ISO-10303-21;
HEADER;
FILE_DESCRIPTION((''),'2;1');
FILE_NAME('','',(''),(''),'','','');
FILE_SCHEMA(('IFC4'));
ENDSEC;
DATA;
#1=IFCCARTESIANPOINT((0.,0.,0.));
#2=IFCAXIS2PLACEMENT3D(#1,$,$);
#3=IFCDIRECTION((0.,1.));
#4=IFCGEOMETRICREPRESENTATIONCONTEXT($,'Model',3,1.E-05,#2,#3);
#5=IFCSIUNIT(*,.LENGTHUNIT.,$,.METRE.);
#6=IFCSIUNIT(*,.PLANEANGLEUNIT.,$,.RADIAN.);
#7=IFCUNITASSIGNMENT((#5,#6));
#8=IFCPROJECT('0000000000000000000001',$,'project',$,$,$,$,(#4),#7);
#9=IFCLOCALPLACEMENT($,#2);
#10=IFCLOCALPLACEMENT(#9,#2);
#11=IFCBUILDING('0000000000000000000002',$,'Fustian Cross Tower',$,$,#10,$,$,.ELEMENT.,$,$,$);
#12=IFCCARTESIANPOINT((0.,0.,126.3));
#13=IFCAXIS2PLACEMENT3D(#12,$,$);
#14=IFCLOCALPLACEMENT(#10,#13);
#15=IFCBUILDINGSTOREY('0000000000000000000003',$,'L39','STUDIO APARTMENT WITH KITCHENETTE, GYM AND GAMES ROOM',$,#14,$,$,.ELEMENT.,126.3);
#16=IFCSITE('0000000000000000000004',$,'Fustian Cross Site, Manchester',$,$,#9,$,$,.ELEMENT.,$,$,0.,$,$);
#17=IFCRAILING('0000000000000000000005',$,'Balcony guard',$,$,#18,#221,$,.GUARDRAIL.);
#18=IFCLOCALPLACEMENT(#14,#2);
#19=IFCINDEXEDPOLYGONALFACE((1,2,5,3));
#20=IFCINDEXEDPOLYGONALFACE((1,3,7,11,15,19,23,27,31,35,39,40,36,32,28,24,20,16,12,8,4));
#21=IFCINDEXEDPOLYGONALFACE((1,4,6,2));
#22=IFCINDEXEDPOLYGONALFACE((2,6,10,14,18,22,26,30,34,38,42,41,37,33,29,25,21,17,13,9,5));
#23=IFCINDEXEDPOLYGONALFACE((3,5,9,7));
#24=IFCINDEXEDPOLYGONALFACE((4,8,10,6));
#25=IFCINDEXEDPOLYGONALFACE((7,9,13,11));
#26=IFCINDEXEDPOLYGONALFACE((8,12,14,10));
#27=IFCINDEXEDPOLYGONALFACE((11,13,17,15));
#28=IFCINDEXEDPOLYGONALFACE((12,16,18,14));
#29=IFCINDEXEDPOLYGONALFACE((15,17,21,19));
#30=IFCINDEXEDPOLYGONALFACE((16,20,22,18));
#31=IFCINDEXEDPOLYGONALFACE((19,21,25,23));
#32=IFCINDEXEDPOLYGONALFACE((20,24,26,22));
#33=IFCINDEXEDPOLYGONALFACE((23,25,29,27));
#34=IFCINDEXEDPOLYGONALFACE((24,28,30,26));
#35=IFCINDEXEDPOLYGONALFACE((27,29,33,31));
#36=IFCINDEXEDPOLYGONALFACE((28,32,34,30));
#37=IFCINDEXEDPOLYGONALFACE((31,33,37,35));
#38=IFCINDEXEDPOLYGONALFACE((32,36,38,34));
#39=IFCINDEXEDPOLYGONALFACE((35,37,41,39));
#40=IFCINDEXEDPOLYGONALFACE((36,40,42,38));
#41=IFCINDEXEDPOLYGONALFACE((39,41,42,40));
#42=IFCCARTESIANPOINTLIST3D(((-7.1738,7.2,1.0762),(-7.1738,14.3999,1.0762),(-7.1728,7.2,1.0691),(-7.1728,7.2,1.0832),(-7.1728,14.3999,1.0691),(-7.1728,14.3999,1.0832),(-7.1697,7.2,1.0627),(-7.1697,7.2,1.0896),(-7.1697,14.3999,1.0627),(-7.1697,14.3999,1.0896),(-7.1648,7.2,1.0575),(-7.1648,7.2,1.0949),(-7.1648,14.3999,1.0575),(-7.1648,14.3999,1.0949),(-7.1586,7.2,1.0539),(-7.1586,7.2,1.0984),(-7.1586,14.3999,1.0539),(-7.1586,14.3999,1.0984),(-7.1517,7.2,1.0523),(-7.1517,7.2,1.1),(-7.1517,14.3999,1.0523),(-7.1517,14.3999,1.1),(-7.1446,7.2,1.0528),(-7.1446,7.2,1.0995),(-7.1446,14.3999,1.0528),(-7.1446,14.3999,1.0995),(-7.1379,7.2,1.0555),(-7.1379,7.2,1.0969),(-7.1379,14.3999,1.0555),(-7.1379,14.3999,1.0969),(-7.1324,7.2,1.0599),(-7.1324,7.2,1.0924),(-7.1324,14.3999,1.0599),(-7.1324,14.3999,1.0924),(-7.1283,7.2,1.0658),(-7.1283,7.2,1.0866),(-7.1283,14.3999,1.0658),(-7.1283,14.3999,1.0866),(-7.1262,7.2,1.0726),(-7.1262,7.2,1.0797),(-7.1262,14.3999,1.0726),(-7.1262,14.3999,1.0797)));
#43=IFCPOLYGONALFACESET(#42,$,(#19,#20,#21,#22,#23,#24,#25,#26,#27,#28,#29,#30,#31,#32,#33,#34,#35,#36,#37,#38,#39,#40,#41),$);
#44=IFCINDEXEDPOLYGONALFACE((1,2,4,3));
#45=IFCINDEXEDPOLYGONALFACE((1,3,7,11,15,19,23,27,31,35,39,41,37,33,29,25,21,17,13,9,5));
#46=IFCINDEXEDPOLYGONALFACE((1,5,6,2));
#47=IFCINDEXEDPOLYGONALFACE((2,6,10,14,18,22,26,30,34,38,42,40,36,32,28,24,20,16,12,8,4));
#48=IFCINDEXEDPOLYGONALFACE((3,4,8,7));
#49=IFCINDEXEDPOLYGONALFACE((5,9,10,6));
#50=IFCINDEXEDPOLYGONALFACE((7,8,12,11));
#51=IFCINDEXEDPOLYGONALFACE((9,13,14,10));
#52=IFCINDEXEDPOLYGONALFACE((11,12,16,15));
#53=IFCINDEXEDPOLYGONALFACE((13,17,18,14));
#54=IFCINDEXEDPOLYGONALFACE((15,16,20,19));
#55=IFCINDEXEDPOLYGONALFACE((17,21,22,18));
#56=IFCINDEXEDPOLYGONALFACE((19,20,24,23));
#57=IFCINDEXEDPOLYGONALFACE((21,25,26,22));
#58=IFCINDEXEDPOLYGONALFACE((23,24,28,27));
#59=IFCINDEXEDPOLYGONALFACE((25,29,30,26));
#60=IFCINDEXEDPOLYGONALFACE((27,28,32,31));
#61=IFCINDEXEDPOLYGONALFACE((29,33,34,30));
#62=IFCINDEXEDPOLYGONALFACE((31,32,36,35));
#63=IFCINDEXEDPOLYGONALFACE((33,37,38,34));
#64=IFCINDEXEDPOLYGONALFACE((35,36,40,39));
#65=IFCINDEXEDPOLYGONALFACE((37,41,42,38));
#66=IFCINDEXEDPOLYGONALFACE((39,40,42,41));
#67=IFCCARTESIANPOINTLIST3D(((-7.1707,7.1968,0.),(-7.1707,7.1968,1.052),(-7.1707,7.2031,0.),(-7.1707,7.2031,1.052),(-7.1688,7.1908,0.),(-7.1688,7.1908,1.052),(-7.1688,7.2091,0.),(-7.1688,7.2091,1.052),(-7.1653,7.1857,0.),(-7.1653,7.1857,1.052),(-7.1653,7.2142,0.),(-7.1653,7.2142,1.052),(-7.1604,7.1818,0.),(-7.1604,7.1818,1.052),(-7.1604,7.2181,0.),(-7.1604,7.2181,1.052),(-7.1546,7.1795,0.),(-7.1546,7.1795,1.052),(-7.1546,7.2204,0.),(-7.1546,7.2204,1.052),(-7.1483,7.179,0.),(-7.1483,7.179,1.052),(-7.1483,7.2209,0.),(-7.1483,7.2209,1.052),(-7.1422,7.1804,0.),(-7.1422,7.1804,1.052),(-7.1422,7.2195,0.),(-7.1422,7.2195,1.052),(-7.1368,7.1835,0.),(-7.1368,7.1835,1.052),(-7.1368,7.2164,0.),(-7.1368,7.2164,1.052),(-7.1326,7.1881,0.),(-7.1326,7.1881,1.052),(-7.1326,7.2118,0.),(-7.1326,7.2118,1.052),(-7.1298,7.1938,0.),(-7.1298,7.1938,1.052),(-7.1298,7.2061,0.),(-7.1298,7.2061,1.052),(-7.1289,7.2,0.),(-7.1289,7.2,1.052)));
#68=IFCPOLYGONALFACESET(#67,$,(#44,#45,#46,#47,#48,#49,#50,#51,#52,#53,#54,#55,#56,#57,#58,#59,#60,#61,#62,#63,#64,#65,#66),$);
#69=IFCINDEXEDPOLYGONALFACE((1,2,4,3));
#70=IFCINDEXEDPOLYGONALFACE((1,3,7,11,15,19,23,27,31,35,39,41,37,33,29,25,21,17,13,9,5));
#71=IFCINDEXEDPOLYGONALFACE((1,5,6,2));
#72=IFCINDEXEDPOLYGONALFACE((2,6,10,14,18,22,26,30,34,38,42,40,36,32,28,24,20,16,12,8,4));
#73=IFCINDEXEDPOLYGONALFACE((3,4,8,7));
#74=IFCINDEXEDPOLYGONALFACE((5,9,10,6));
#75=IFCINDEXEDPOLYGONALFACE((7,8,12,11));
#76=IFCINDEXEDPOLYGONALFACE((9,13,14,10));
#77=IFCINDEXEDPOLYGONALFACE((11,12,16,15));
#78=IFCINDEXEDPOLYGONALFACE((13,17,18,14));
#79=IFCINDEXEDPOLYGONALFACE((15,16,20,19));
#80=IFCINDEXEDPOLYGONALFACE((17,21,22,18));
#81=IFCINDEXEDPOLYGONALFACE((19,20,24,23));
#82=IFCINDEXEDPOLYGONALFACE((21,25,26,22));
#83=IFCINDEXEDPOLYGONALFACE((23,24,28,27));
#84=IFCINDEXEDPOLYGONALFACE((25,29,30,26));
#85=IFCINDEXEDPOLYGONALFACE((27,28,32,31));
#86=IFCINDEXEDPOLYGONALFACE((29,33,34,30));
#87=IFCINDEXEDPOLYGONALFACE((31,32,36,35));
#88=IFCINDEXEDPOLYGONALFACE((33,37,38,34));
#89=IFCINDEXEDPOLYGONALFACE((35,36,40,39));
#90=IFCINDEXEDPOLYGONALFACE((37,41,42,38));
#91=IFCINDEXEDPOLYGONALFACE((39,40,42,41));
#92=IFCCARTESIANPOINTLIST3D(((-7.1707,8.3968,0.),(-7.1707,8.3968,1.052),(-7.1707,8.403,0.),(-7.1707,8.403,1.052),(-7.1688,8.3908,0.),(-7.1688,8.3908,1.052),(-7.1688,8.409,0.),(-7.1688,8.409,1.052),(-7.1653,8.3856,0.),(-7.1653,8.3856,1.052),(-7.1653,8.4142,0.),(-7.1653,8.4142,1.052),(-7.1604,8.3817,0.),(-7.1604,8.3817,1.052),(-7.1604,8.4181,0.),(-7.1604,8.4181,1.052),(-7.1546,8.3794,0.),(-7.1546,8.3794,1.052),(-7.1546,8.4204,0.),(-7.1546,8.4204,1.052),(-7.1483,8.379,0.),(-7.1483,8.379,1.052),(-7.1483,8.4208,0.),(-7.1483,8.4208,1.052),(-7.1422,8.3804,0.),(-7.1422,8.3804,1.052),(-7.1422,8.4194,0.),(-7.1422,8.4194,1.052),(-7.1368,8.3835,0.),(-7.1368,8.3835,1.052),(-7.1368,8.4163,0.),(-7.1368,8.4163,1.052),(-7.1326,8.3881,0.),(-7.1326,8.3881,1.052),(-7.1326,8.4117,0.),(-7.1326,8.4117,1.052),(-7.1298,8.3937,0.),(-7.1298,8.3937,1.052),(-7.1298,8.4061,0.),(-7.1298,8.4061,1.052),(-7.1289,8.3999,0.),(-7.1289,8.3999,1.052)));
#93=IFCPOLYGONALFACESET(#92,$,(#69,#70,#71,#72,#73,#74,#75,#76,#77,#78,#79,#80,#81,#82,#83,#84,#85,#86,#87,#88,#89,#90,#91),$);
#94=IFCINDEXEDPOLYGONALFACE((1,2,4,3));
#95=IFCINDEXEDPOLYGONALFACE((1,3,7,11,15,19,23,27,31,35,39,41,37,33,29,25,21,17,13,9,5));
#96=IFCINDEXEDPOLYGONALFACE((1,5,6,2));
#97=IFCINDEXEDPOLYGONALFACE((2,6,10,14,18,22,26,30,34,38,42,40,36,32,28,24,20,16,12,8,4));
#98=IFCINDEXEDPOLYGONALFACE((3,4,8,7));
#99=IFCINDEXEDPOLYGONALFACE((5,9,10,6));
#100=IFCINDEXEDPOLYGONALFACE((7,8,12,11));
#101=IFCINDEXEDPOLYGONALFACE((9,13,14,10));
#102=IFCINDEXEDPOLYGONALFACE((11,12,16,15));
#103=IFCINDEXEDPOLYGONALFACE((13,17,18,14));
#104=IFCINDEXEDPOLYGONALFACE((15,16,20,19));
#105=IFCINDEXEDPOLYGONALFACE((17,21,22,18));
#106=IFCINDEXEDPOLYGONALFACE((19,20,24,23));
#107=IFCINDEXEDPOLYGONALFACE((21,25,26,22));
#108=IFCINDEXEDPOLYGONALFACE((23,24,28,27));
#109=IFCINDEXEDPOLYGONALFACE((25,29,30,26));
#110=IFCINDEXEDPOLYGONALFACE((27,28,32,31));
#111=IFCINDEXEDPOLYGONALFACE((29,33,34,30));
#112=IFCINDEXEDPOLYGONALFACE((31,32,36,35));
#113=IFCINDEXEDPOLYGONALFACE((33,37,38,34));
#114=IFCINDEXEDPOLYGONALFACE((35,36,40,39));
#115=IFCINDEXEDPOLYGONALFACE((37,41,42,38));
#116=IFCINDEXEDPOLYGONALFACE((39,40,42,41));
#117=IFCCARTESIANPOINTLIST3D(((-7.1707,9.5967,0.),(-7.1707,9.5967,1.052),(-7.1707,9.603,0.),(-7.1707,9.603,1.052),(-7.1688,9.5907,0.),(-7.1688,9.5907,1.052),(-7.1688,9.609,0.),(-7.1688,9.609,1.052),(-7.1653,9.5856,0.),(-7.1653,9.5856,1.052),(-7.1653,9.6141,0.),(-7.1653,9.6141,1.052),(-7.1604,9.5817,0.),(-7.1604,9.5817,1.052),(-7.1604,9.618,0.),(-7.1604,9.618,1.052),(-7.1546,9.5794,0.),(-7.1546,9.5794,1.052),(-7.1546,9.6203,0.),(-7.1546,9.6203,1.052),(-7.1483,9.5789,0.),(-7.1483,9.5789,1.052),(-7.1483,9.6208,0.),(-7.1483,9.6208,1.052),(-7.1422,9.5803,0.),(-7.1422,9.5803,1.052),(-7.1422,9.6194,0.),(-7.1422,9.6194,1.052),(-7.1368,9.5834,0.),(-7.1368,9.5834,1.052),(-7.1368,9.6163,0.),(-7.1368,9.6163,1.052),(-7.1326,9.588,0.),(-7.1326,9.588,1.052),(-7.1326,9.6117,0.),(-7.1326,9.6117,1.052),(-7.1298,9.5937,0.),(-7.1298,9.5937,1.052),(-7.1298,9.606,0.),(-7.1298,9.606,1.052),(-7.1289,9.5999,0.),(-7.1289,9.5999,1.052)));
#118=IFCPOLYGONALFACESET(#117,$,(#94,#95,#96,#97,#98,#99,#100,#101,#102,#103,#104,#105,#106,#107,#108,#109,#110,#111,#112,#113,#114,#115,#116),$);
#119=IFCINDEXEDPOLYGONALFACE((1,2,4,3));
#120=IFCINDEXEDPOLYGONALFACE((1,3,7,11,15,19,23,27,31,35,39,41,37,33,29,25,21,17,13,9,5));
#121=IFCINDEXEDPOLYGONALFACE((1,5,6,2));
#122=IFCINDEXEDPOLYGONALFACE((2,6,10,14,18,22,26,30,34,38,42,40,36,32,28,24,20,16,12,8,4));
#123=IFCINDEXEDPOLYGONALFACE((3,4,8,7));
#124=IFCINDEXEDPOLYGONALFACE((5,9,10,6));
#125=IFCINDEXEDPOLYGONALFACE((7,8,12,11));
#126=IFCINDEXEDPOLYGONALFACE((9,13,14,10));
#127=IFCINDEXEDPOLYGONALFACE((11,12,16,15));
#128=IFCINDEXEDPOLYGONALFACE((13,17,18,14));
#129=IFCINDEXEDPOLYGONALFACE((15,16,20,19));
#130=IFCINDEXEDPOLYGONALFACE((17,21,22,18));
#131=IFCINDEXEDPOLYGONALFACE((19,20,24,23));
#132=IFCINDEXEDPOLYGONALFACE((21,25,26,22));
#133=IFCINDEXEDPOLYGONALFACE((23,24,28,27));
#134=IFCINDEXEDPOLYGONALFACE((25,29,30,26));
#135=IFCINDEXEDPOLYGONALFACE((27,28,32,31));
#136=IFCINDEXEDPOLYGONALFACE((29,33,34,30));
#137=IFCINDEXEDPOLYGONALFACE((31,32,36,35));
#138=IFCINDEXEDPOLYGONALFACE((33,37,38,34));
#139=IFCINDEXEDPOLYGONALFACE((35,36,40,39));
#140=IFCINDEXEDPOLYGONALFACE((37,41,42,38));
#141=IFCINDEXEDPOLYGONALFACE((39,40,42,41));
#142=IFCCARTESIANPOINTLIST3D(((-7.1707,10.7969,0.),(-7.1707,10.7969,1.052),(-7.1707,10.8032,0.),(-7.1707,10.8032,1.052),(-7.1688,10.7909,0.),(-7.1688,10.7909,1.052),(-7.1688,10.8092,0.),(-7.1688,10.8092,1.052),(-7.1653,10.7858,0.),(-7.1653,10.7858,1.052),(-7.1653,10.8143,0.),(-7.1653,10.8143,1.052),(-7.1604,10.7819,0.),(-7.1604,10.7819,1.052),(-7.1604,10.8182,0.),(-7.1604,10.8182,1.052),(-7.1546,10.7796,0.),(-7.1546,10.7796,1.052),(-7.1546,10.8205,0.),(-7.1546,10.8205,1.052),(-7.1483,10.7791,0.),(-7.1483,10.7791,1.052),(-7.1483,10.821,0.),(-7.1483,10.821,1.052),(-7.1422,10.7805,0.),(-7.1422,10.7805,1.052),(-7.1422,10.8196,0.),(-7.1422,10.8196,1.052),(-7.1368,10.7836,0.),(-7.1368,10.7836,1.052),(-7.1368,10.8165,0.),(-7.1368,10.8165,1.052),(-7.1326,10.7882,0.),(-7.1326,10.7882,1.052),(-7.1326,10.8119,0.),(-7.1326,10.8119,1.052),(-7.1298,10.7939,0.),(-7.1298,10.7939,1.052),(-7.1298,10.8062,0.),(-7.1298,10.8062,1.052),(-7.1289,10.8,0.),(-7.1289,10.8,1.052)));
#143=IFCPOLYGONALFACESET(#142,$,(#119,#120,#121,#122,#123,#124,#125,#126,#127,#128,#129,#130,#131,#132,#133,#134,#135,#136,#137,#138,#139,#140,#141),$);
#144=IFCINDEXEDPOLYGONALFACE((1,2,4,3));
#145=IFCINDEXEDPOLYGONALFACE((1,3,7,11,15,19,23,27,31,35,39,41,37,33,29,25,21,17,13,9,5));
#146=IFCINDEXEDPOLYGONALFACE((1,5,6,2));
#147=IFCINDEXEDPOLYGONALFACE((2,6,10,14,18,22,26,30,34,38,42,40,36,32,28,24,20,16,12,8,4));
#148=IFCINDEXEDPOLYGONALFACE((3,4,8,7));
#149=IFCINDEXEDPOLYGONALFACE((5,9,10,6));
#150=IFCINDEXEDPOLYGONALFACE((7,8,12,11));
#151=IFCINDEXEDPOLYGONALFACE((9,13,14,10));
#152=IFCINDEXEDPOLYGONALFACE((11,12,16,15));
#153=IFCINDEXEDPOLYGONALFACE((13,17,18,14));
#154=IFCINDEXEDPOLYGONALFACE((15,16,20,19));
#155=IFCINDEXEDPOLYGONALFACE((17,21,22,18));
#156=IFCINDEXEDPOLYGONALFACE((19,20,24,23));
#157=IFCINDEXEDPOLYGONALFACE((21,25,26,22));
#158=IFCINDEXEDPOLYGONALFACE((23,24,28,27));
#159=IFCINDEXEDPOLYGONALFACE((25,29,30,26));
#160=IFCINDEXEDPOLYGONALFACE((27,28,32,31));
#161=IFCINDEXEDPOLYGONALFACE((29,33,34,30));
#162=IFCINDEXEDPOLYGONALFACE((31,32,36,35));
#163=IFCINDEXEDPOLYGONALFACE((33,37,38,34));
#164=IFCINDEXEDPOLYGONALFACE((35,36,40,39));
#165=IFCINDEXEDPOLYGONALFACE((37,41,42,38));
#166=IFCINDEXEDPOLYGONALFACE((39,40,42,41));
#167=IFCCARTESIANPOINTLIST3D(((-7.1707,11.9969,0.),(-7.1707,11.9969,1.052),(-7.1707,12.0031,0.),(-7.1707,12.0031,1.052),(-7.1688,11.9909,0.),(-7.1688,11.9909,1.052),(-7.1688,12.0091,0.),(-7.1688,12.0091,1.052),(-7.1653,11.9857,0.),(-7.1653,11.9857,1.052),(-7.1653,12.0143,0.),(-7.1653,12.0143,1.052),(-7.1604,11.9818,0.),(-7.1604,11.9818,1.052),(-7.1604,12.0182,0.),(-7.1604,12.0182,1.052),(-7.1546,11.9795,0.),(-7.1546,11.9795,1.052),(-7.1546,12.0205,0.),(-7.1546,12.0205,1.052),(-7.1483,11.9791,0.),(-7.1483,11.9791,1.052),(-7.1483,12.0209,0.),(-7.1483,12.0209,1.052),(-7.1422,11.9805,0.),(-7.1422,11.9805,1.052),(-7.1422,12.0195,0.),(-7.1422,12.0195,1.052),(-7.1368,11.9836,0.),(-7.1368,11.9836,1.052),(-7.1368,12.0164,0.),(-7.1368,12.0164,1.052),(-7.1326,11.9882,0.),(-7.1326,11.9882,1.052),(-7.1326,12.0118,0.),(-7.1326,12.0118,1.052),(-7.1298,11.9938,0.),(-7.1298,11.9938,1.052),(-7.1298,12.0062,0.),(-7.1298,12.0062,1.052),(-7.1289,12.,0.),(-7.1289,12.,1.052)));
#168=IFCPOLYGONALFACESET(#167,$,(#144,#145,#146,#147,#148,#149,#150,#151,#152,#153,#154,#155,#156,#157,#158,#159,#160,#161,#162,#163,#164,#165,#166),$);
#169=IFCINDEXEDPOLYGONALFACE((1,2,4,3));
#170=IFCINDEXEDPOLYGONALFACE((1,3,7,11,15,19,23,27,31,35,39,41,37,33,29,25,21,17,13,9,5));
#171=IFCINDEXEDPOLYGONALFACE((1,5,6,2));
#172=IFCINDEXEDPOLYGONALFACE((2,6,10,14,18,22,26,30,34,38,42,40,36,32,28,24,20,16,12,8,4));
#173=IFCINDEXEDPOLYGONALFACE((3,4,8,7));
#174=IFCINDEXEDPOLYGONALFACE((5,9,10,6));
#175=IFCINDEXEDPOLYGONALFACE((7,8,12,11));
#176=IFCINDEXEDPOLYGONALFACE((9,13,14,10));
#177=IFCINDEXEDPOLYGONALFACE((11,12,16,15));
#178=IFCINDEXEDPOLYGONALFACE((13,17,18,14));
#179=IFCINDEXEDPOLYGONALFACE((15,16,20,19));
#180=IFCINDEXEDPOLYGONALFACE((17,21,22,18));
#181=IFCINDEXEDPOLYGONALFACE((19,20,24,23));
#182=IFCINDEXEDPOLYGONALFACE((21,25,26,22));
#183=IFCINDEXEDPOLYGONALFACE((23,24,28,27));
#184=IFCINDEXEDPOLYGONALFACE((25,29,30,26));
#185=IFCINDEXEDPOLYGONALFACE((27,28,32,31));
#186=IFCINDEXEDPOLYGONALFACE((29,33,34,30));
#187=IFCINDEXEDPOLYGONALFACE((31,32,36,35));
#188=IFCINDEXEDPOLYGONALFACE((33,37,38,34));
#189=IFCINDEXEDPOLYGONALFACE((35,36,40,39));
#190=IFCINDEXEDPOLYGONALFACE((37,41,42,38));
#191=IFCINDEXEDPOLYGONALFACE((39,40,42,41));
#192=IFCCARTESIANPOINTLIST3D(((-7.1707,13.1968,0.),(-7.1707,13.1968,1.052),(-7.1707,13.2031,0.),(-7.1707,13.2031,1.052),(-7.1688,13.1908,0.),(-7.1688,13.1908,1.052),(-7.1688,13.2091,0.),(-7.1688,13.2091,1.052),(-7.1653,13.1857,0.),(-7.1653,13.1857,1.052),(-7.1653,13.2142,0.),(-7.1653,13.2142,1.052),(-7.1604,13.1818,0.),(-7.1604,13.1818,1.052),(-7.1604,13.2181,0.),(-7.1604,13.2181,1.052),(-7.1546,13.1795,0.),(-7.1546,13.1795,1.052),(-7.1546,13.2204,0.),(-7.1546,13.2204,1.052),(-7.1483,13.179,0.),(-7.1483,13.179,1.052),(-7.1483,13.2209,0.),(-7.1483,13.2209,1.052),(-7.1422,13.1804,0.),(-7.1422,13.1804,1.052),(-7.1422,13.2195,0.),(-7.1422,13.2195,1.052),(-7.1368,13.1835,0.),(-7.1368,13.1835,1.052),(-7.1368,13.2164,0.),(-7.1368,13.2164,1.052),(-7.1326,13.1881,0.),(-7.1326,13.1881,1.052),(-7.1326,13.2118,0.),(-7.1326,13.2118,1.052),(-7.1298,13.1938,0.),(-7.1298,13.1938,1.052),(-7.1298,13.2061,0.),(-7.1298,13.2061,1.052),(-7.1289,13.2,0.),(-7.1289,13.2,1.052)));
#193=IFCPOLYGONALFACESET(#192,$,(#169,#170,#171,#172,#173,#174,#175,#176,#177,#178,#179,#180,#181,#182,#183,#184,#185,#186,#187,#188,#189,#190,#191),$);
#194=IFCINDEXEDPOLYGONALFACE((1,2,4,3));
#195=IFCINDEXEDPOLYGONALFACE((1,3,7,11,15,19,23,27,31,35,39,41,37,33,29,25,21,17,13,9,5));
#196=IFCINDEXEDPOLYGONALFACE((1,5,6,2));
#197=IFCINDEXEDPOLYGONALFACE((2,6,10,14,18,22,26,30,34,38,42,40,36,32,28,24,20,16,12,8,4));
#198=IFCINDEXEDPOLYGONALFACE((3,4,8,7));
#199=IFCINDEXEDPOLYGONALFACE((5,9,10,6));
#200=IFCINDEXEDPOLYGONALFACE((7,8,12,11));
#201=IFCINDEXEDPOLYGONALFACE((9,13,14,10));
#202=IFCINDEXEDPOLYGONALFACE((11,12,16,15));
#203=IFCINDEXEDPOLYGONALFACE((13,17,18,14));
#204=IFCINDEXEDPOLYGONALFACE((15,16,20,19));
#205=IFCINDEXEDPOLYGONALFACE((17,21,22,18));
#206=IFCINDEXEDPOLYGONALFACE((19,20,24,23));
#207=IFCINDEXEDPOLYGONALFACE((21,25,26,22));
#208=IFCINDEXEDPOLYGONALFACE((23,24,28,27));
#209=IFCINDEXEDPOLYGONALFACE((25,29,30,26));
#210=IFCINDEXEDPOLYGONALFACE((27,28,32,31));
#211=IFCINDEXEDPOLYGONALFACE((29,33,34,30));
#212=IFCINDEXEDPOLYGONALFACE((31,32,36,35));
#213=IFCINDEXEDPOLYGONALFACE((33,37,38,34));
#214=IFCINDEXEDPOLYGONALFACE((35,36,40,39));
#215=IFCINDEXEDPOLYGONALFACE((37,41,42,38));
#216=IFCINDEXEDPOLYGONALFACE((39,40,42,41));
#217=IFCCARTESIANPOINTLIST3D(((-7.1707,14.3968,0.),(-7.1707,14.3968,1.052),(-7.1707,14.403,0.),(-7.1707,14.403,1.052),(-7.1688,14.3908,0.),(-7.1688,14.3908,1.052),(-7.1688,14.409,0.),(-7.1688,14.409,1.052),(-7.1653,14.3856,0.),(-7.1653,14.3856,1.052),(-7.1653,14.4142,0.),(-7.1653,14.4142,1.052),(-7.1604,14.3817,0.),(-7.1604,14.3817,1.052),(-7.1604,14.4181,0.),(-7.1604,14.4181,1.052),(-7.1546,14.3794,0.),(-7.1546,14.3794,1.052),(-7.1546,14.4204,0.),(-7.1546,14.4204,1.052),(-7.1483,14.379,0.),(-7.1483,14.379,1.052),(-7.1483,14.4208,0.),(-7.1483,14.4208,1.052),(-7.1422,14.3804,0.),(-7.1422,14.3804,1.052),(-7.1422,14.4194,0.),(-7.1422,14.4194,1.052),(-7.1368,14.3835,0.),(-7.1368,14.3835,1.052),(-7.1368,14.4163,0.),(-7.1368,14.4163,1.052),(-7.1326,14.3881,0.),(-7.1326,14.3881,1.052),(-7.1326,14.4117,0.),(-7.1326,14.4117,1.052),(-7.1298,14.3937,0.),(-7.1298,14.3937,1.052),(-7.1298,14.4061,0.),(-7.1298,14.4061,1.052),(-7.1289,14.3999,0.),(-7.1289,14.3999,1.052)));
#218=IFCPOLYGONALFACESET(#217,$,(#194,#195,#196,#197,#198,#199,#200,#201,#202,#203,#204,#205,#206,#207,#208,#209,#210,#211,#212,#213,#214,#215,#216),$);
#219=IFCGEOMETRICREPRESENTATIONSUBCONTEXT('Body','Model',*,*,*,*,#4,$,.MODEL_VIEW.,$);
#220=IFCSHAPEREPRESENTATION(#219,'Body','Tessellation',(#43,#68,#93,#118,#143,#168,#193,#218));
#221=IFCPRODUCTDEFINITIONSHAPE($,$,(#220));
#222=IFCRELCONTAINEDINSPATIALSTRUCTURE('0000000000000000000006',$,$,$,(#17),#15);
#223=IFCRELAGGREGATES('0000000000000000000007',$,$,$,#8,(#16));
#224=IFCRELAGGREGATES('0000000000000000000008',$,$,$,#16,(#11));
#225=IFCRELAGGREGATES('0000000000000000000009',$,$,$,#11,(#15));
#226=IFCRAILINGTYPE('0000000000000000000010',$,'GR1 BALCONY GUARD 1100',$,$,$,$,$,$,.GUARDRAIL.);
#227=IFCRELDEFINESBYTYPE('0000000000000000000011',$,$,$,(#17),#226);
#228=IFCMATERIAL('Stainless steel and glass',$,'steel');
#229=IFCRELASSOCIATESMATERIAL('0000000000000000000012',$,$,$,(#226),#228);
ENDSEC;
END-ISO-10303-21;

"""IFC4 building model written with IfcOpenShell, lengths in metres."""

from ifc_helpers import new_model, si_unit, direction, frame, origin, origin_2d, place, context, subcontext, project, spatial, circle, extrude, material, type_object, element, save


model = new_model("IFC4")

# Units and contexts
model_context = context("Model", 3, precision=1e-05, world=origin(), true_north=direction((0.0, 1.0)))
body_context = subcontext(model_context, "Body", "Model", "MODEL_VIEW")
ifc_project = project(units=[si_unit("LENGTHUNIT", "METRE"), si_unit("PLANEANGLEUNIT", "RADIAN")], contexts=[model_context])

# Site, building, storey
site_placement = place(None, origin())
site = spatial("IfcSite", under=ifc_project, at=site_placement, Name="Fustian Cross Site, Manchester", CompositionType="ELEMENT", RefElevation=0.0)
building_placement = place(site_placement, origin())
building = spatial("IfcBuilding", under=site, at=building_placement, Name="Fustian Cross Tower", CompositionType="ELEMENT")
storey_placement = place(building_placement, frame((0.0, 0.0, 126.3)))
storey = spatial("IfcBuildingStorey", under=building, at=storey_placement, Name="L39", Description="STUDIO APARTMENT WITH KITCHENETTE, GYM AND GAMES ROOM", CompositionType="ELEMENT", Elevation=126.3)

# Railing
ifc_material_1 = material(Name="Stainless steel and glass", Category="steel")
railing_type = type_object("IfcRailingType", Name="GR1 BALCONY GUARD 1100", PredefinedType="GUARDRAIL", material=ifc_material_1)
railing_placement = place(storey_placement, frame((-7.1499, 7.2, 0.0)))
element("IfcRailing", 1, at=railing_placement, inside=storey, type_object=railing_type, Name="Balcony guard", PredefinedType="GUARDRAIL", context=body_context, shape_type="SweptSolid", body=[
    extrude(circle(Radius=0.0239, at=origin_2d()), frame((0.0, 0.0, 1.0762), z_axis=(0.0, 1.0, 0.0), x_axis=(-1.0, 0.0, 0.0)), (0.0, 0.0, 1.0), 7.2),
    extrude(circle(Radius=0.021, at=origin_2d()), origin(), (0.0, 0.0, 1.0), 1.052),
    extrude(circle(Radius=0.021, at=origin_2d()), frame((0.0, 1.2, 0.0)), (0.0, 0.0, 1.0), 1.052),
    extrude(circle(Radius=0.021, at=origin_2d()), frame((0.0, 2.3999, 0.0)), (0.0, 0.0, 1.0), 1.052),
    extrude(circle(Radius=0.021, at=origin_2d()), frame((0.0, 3.6001, 0.0)), (0.0, 0.0, 1.0), 1.052),
    extrude(circle(Radius=0.021, at=origin_2d()), frame((0.0, 4.8, 0.0)), (0.0, 0.0, 1.0), 1.052),
    extrude(circle(Radius=0.021, at=origin_2d()), frame((0.0, 6.0, 0.0)), (0.0, 0.0, 1.0), 1.052),
    extrude(circle(Radius=0.021, at=origin_2d()), frame((0.0, 7.2, 0.0)), (0.0, 0.0, 1.0), 1.052),
])

save(model, "model.ifc")
